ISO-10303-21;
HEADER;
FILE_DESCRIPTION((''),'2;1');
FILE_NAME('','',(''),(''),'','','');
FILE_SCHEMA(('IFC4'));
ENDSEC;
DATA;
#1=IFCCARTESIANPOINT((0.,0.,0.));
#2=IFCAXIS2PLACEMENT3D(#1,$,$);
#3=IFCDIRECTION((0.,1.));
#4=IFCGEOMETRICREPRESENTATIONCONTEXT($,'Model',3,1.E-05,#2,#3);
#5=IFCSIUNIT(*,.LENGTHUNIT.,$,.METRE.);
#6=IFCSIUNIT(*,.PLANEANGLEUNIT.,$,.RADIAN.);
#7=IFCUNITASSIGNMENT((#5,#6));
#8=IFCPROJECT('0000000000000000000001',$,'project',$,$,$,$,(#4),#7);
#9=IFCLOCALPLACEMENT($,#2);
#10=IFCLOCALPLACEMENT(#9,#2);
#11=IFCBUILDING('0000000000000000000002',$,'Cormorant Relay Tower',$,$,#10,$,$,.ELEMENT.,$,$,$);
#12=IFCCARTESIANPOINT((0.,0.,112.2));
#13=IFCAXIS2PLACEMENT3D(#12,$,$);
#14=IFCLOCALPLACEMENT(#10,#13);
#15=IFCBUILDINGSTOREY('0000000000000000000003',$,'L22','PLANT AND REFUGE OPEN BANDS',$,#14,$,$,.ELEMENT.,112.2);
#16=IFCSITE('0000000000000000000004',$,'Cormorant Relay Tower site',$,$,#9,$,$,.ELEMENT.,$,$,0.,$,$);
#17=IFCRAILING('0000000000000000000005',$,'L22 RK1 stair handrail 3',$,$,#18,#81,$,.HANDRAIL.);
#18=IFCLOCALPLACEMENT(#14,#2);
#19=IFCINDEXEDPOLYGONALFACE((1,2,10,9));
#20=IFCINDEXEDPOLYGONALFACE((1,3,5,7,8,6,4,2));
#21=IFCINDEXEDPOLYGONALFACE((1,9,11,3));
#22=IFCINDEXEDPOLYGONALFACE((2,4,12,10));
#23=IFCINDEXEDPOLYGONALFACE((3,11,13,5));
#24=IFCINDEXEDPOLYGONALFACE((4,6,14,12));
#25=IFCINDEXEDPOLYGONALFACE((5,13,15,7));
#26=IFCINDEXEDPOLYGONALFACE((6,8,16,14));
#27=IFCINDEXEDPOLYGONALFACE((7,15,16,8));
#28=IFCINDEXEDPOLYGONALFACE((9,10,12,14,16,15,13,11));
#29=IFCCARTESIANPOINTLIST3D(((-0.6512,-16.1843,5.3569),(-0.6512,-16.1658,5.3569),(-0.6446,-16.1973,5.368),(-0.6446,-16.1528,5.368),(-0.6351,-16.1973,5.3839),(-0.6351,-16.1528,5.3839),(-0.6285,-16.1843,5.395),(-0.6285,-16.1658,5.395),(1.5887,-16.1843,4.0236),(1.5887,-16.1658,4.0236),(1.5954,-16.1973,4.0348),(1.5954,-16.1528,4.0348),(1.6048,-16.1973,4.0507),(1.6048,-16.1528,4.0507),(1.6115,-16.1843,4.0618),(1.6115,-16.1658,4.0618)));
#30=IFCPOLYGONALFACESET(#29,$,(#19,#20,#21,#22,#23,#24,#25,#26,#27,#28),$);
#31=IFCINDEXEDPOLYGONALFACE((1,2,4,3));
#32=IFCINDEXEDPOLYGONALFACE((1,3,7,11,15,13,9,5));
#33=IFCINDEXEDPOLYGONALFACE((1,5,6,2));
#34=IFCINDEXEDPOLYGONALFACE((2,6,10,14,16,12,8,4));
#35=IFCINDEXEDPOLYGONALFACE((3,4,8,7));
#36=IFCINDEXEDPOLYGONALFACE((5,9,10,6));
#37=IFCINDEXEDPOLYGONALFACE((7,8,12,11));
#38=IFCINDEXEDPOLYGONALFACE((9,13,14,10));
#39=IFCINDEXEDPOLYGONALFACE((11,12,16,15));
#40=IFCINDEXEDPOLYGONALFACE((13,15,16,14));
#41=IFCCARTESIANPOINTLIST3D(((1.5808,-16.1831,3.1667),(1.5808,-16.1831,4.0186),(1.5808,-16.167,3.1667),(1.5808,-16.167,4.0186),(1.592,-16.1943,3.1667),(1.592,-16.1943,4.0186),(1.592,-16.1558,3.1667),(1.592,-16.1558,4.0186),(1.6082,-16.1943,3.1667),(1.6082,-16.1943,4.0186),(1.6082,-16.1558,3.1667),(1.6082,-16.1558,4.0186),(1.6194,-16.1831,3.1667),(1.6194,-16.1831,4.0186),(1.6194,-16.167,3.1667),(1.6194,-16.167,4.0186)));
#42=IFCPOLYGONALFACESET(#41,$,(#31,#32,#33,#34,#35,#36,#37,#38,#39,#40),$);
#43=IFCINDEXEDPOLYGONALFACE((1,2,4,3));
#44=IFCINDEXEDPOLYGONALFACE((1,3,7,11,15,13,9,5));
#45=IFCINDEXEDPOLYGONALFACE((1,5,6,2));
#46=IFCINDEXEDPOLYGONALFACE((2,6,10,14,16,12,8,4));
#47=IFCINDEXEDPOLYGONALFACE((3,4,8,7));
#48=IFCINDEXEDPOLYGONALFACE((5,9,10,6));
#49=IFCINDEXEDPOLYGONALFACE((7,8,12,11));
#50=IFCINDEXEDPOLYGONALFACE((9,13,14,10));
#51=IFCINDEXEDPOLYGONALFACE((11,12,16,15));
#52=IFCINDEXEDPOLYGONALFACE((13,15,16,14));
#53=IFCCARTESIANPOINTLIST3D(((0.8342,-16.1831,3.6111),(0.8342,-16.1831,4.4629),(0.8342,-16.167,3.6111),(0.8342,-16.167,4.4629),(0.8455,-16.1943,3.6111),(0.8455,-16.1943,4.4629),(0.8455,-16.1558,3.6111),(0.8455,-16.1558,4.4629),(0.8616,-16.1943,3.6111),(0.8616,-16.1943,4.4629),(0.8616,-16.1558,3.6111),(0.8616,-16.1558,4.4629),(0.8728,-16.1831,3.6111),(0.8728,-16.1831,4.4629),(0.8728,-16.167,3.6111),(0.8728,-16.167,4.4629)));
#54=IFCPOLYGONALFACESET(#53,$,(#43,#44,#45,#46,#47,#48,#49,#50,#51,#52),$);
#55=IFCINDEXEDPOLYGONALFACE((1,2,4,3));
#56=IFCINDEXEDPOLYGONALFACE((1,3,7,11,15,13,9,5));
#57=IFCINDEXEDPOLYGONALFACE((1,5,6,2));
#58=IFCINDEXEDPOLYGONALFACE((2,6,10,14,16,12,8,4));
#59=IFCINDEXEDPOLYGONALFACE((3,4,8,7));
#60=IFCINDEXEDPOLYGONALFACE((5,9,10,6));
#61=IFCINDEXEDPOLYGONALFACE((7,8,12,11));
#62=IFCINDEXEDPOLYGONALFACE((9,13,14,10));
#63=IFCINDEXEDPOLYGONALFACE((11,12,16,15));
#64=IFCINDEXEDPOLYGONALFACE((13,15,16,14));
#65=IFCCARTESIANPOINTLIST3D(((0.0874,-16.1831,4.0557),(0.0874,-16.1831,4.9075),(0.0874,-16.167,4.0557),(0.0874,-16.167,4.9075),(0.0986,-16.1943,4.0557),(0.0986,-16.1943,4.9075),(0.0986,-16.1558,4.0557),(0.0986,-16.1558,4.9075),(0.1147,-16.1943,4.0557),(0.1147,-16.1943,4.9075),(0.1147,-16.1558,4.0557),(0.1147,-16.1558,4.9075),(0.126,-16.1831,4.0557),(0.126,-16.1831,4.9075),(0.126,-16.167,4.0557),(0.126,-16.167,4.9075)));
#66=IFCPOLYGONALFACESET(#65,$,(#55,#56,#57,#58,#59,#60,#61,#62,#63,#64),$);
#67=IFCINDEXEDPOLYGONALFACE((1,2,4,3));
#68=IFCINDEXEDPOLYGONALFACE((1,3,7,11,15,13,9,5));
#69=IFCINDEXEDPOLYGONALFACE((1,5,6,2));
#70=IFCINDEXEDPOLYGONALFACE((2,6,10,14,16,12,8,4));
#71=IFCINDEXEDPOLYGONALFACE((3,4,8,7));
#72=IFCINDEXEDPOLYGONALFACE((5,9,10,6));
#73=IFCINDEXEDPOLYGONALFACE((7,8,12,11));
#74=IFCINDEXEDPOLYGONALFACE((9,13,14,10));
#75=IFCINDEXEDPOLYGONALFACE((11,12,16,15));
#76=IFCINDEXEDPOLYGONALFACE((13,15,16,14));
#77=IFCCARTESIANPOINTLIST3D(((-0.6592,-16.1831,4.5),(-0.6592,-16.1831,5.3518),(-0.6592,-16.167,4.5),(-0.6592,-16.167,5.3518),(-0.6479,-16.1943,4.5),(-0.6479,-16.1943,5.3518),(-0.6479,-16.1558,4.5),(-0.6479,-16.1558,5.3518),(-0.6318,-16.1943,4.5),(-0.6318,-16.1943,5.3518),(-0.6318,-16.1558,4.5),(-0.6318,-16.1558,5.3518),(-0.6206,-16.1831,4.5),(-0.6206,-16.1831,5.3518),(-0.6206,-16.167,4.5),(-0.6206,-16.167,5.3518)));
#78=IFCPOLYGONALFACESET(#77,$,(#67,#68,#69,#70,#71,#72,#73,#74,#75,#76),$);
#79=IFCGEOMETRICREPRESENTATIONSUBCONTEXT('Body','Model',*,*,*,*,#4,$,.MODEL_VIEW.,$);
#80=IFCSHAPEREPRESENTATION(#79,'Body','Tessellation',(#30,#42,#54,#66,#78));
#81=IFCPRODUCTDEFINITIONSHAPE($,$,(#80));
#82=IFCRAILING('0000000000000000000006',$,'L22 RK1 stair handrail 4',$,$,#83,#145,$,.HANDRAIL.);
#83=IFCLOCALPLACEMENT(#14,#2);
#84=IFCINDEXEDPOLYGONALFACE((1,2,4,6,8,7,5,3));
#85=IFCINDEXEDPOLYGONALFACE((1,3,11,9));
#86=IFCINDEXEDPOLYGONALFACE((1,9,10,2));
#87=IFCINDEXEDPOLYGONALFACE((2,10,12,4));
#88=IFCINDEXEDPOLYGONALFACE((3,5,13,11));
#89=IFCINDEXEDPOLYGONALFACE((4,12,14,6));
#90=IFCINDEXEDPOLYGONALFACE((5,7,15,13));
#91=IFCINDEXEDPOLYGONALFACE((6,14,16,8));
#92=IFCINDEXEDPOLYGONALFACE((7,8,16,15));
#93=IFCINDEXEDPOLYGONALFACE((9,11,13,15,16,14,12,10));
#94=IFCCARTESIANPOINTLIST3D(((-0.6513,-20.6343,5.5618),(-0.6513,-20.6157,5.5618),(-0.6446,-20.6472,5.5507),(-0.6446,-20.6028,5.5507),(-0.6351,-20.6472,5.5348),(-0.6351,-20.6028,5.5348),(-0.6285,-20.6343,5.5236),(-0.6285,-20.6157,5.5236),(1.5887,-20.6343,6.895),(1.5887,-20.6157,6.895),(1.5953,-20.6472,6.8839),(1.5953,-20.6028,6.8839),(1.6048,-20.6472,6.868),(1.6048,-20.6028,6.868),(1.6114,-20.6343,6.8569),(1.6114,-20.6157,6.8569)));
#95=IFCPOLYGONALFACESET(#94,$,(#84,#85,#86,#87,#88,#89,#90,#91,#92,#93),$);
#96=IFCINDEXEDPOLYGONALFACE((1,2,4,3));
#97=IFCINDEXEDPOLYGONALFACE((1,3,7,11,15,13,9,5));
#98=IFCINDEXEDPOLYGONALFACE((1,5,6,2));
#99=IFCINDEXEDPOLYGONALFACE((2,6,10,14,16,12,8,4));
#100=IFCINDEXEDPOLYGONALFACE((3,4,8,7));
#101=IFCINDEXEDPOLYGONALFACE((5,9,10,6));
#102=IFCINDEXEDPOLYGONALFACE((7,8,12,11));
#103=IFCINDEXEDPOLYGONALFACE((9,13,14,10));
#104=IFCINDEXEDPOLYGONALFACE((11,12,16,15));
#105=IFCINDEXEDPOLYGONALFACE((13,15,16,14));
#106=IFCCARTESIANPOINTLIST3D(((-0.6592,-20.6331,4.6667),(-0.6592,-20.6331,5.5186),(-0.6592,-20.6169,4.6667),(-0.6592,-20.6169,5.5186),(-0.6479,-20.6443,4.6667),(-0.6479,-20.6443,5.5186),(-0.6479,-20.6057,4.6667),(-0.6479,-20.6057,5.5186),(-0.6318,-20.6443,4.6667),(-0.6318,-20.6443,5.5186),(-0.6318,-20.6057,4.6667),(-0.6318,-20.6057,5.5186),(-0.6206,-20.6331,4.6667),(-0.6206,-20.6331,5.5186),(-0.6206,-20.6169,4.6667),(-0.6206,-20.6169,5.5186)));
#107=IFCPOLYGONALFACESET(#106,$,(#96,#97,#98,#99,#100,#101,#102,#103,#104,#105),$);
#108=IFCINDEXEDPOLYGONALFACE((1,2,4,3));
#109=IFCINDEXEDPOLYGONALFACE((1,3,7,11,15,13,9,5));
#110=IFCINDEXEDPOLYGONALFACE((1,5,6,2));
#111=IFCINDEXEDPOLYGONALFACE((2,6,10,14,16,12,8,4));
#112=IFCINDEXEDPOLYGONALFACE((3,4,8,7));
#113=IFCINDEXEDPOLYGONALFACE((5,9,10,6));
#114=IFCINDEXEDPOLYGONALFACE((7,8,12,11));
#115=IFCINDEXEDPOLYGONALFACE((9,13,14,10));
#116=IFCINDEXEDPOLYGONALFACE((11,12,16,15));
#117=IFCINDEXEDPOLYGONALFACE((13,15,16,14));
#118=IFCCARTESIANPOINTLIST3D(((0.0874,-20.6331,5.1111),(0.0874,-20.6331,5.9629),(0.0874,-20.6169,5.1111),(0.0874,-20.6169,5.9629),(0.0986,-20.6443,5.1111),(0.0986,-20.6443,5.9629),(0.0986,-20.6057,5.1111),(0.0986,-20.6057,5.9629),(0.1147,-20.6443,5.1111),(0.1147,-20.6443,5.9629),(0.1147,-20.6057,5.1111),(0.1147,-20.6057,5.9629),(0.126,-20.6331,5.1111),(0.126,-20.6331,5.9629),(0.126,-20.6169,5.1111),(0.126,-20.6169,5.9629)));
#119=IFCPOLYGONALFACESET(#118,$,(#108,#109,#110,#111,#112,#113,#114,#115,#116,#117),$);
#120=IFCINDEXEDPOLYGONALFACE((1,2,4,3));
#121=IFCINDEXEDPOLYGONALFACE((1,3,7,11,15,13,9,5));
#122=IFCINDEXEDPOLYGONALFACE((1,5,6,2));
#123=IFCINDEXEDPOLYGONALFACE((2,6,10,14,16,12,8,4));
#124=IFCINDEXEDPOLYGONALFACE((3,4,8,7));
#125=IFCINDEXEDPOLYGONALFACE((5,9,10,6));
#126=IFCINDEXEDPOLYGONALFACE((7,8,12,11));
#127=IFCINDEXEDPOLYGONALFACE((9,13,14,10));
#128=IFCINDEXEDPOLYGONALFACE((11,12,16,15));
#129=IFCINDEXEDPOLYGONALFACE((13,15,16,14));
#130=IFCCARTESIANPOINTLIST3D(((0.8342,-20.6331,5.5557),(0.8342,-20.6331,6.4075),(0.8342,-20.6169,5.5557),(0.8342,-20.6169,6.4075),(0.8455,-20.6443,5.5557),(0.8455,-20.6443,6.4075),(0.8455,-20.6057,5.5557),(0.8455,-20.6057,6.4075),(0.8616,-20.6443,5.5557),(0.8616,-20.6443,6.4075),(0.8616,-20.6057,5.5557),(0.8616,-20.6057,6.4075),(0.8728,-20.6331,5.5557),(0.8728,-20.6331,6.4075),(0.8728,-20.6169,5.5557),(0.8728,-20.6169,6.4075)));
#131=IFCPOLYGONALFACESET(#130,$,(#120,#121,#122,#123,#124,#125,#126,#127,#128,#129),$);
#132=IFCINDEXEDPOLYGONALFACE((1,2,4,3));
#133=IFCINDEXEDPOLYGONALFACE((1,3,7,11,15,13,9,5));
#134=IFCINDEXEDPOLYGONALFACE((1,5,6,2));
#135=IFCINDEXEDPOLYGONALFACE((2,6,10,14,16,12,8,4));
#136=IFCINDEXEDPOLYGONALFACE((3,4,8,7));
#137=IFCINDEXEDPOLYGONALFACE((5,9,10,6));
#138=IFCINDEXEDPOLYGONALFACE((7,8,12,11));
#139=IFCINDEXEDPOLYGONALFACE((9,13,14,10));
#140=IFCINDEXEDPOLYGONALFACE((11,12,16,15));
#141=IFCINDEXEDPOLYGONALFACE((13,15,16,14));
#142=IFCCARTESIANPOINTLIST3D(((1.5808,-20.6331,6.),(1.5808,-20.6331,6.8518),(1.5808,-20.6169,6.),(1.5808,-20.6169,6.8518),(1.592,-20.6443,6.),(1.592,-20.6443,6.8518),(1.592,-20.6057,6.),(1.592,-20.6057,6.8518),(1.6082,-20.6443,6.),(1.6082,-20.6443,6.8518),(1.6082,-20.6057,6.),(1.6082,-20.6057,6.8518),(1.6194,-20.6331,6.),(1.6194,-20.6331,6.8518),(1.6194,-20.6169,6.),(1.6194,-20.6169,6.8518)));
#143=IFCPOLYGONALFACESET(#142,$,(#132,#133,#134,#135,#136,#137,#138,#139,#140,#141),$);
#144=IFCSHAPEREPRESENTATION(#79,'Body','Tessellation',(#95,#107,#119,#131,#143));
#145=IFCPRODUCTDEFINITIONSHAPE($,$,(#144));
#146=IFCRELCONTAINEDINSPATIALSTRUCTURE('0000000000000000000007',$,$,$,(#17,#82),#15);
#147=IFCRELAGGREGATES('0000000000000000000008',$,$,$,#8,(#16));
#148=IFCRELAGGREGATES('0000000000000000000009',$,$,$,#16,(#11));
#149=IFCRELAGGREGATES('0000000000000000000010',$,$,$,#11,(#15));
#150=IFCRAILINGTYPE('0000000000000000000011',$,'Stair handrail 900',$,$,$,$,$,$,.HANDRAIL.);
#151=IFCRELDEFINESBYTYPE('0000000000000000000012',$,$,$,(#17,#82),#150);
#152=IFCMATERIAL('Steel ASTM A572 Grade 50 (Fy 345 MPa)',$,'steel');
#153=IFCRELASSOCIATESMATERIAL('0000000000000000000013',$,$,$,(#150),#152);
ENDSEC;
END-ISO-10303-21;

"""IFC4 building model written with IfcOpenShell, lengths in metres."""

from ifc_helpers import new_model, si_unit, direction, frame, origin, place, context, subcontext, project, spatial, polyline, outline, extrude, material, type_object, element, save


model = new_model("IFC4")

# Units and contexts
model_context = context("Model", 3, precision=1e-05, world=origin(), true_north=direction((0.0, 1.0)))
body_context = subcontext(model_context, "Body", "Model", "MODEL_VIEW")
ifc_project = project(units=[si_unit("LENGTHUNIT", "METRE"), si_unit("PLANEANGLEUNIT", "RADIAN")], contexts=[model_context])

# Site, building, storey
site_placement = place(None, origin())
site = spatial("IfcSite", under=ifc_project, at=site_placement, Name="Cormorant Relay Tower site", CompositionType="ELEMENT", RefElevation=0.0)
building_placement = place(site_placement, origin())
building = spatial("IfcBuilding", under=site, at=building_placement, Name="Cormorant Relay Tower", CompositionType="ELEMENT")
storey_placement = place(building_placement, frame((0.0, 0.0, 112.2)))
storey = spatial("IfcBuildingStorey", under=building, at=storey_placement, Name="L22", Description="PLANT AND REFUGE OPEN BANDS", CompositionType="ELEMENT", Elevation=112.2)

# Railings
ifc_material_1 = material(Name="Steel ASTM A572 Grade 50 (Fy 345 MPa)", Category="steel")
railing_type_1 = type_object("IfcRailingType", Name="Stair handrail 900", PredefinedType="HANDRAIL", material=ifc_material_1)
railing_1_placement = place(storey_placement, frame((1.6001, -16.175, 3.1667)))
element("IfcRailing", 1, at=railing_1_placement, inside=storey, type_object=railing_type_1, Name="L22 RK1 stair handrail 3", PredefinedType="HANDRAIL", context=body_context, shape_type="SweptSolid", body=[
    extrude(outline(polyline([(0.0222, 0.0093), (0.0093, 0.0222), (-0.0093, 0.0222), (-0.0222, 0.0093), (-0.0222, -0.0093), (-0.0093, -0.0222), (0.0093, -0.0222), (0.0222, -0.0093), (0.0222, 0.0093)])), frame((0.0, 0.0, 0.876), z_axis=(-0.859306, 0.0, 0.511462), x_axis=(0.0, -1.0, 0.0)), (0.0, 0.0, 1.0), 2.6067),
    extrude(outline(polyline([(0.0193, 0.0081), (0.0081, 0.0193), (-0.0081, 0.0193), (-0.0193, 0.0081), (-0.0193, -0.0081), (-0.0081, -0.0193), (0.0081, -0.0193), (0.0193, -0.0081), (0.0193, 0.0081)])), origin(), (0.0, 0.0, 1.0), 0.8518),
    extrude(outline(polyline([(0.0193, 0.0081), (0.0081, 0.0193), (-0.0081, 0.0193), (-0.0193, 0.0081), (-0.0193, -0.0081), (-0.0081, -0.0193), (0.0081, -0.0193), (0.0193, -0.0081), (0.0193, 0.0081)])), frame((-0.7466, 0.0, 0.4443)), (0.0, 0.0, 1.0), 0.8518),
    extrude(outline(polyline([(0.0193, 0.0081), (0.0081, 0.0193), (-0.0081, 0.0193), (-0.0193, 0.0081), (-0.0193, -0.0081), (-0.0081, -0.0193), (0.0081, -0.0193), (0.0193, -0.0081), (0.0193, 0.0081)])), frame((-1.4934, 0.0, 0.8889)), (0.0, 0.0, 1.0), 0.8518),
    extrude(outline(polyline([(0.0193, 0.0081), (0.0081, 0.0193), (-0.0081, 0.0193), (-0.0193, 0.0081), (-0.0193, -0.0081), (-0.0081, -0.0193), (0.0081, -0.0193), (0.0193, -0.0081), (0.0193, 0.0081)])), frame((-2.24, 0.0, 1.3333)), (0.0, 0.0, 1.0), 0.8518),
])
railing_2_placement = place(storey_placement, frame((-0.6399, -20.625, 4.6667)))
element("IfcRailing", 2, at=railing_2_placement, inside=storey, type_object=railing_type_1, Name="L22 RK1 stair handrail 4", PredefinedType="HANDRAIL", context=body_context, shape_type="SweptSolid", body=[
    extrude(outline(polyline([(0.0222, 0.0093), (0.0093, 0.0222), (-0.0093, 0.0222), (-0.0222, 0.0093), (-0.0222, -0.0093), (-0.0093, -0.0222), (0.0093, -0.0222), (0.0222, -0.0093), (0.0222, 0.0093)])), frame((0.0, 0.0, 0.876), z_axis=(0.859306, 0.0, 0.511462), x_axis=(0.0, 1.0, 0.0)), (0.0, 0.0, 1.0), 2.6067),
    extrude(outline(polyline([(0.0193, 0.0081), (0.0081, 0.0193), (-0.0081, 0.0193), (-0.0193, 0.0081), (-0.0193, -0.0081), (-0.0081, -0.0193), (0.0081, -0.0193), (0.0193, -0.0081), (0.0193, 0.0081)])), origin(), (0.0, 0.0, 1.0), 0.8518),
    extrude(outline(polyline([(0.0193, 0.0081), (0.0081, 0.0193), (-0.0081, 0.0193), (-0.0193, 0.0081), (-0.0193, -0.0081), (-0.0081, -0.0193), (0.0081, -0.0193), (0.0193, -0.0081), (0.0193, 0.0081)])), frame((0.7466, 0.0, 0.4443)), (0.0, 0.0, 1.0), 0.8518),
    extrude(outline(polyline([(0.0193, 0.0081), (0.0081, 0.0193), (-0.0081, 0.0193), (-0.0193, 0.0081), (-0.0193, -0.0081), (-0.0081, -0.0193), (0.0081, -0.0193), (0.0193, -0.0081), (0.0193, 0.0081)])), frame((1.4934, 0.0, 0.8889)), (0.0, 0.0, 1.0), 0.8518),
    extrude(outline(polyline([(0.0193, 0.0081), (0.0081, 0.0193), (-0.0081, 0.0193), (-0.0193, 0.0081), (-0.0193, -0.0081), (-0.0081, -0.0193), (0.0081, -0.0193), (0.0193, -0.0081), (0.0193, 0.0081)])), frame((2.24, 0.0, 1.3333)), (0.0, 0.0, 1.0), 0.8518),
])

save(model, "model.ifc")
